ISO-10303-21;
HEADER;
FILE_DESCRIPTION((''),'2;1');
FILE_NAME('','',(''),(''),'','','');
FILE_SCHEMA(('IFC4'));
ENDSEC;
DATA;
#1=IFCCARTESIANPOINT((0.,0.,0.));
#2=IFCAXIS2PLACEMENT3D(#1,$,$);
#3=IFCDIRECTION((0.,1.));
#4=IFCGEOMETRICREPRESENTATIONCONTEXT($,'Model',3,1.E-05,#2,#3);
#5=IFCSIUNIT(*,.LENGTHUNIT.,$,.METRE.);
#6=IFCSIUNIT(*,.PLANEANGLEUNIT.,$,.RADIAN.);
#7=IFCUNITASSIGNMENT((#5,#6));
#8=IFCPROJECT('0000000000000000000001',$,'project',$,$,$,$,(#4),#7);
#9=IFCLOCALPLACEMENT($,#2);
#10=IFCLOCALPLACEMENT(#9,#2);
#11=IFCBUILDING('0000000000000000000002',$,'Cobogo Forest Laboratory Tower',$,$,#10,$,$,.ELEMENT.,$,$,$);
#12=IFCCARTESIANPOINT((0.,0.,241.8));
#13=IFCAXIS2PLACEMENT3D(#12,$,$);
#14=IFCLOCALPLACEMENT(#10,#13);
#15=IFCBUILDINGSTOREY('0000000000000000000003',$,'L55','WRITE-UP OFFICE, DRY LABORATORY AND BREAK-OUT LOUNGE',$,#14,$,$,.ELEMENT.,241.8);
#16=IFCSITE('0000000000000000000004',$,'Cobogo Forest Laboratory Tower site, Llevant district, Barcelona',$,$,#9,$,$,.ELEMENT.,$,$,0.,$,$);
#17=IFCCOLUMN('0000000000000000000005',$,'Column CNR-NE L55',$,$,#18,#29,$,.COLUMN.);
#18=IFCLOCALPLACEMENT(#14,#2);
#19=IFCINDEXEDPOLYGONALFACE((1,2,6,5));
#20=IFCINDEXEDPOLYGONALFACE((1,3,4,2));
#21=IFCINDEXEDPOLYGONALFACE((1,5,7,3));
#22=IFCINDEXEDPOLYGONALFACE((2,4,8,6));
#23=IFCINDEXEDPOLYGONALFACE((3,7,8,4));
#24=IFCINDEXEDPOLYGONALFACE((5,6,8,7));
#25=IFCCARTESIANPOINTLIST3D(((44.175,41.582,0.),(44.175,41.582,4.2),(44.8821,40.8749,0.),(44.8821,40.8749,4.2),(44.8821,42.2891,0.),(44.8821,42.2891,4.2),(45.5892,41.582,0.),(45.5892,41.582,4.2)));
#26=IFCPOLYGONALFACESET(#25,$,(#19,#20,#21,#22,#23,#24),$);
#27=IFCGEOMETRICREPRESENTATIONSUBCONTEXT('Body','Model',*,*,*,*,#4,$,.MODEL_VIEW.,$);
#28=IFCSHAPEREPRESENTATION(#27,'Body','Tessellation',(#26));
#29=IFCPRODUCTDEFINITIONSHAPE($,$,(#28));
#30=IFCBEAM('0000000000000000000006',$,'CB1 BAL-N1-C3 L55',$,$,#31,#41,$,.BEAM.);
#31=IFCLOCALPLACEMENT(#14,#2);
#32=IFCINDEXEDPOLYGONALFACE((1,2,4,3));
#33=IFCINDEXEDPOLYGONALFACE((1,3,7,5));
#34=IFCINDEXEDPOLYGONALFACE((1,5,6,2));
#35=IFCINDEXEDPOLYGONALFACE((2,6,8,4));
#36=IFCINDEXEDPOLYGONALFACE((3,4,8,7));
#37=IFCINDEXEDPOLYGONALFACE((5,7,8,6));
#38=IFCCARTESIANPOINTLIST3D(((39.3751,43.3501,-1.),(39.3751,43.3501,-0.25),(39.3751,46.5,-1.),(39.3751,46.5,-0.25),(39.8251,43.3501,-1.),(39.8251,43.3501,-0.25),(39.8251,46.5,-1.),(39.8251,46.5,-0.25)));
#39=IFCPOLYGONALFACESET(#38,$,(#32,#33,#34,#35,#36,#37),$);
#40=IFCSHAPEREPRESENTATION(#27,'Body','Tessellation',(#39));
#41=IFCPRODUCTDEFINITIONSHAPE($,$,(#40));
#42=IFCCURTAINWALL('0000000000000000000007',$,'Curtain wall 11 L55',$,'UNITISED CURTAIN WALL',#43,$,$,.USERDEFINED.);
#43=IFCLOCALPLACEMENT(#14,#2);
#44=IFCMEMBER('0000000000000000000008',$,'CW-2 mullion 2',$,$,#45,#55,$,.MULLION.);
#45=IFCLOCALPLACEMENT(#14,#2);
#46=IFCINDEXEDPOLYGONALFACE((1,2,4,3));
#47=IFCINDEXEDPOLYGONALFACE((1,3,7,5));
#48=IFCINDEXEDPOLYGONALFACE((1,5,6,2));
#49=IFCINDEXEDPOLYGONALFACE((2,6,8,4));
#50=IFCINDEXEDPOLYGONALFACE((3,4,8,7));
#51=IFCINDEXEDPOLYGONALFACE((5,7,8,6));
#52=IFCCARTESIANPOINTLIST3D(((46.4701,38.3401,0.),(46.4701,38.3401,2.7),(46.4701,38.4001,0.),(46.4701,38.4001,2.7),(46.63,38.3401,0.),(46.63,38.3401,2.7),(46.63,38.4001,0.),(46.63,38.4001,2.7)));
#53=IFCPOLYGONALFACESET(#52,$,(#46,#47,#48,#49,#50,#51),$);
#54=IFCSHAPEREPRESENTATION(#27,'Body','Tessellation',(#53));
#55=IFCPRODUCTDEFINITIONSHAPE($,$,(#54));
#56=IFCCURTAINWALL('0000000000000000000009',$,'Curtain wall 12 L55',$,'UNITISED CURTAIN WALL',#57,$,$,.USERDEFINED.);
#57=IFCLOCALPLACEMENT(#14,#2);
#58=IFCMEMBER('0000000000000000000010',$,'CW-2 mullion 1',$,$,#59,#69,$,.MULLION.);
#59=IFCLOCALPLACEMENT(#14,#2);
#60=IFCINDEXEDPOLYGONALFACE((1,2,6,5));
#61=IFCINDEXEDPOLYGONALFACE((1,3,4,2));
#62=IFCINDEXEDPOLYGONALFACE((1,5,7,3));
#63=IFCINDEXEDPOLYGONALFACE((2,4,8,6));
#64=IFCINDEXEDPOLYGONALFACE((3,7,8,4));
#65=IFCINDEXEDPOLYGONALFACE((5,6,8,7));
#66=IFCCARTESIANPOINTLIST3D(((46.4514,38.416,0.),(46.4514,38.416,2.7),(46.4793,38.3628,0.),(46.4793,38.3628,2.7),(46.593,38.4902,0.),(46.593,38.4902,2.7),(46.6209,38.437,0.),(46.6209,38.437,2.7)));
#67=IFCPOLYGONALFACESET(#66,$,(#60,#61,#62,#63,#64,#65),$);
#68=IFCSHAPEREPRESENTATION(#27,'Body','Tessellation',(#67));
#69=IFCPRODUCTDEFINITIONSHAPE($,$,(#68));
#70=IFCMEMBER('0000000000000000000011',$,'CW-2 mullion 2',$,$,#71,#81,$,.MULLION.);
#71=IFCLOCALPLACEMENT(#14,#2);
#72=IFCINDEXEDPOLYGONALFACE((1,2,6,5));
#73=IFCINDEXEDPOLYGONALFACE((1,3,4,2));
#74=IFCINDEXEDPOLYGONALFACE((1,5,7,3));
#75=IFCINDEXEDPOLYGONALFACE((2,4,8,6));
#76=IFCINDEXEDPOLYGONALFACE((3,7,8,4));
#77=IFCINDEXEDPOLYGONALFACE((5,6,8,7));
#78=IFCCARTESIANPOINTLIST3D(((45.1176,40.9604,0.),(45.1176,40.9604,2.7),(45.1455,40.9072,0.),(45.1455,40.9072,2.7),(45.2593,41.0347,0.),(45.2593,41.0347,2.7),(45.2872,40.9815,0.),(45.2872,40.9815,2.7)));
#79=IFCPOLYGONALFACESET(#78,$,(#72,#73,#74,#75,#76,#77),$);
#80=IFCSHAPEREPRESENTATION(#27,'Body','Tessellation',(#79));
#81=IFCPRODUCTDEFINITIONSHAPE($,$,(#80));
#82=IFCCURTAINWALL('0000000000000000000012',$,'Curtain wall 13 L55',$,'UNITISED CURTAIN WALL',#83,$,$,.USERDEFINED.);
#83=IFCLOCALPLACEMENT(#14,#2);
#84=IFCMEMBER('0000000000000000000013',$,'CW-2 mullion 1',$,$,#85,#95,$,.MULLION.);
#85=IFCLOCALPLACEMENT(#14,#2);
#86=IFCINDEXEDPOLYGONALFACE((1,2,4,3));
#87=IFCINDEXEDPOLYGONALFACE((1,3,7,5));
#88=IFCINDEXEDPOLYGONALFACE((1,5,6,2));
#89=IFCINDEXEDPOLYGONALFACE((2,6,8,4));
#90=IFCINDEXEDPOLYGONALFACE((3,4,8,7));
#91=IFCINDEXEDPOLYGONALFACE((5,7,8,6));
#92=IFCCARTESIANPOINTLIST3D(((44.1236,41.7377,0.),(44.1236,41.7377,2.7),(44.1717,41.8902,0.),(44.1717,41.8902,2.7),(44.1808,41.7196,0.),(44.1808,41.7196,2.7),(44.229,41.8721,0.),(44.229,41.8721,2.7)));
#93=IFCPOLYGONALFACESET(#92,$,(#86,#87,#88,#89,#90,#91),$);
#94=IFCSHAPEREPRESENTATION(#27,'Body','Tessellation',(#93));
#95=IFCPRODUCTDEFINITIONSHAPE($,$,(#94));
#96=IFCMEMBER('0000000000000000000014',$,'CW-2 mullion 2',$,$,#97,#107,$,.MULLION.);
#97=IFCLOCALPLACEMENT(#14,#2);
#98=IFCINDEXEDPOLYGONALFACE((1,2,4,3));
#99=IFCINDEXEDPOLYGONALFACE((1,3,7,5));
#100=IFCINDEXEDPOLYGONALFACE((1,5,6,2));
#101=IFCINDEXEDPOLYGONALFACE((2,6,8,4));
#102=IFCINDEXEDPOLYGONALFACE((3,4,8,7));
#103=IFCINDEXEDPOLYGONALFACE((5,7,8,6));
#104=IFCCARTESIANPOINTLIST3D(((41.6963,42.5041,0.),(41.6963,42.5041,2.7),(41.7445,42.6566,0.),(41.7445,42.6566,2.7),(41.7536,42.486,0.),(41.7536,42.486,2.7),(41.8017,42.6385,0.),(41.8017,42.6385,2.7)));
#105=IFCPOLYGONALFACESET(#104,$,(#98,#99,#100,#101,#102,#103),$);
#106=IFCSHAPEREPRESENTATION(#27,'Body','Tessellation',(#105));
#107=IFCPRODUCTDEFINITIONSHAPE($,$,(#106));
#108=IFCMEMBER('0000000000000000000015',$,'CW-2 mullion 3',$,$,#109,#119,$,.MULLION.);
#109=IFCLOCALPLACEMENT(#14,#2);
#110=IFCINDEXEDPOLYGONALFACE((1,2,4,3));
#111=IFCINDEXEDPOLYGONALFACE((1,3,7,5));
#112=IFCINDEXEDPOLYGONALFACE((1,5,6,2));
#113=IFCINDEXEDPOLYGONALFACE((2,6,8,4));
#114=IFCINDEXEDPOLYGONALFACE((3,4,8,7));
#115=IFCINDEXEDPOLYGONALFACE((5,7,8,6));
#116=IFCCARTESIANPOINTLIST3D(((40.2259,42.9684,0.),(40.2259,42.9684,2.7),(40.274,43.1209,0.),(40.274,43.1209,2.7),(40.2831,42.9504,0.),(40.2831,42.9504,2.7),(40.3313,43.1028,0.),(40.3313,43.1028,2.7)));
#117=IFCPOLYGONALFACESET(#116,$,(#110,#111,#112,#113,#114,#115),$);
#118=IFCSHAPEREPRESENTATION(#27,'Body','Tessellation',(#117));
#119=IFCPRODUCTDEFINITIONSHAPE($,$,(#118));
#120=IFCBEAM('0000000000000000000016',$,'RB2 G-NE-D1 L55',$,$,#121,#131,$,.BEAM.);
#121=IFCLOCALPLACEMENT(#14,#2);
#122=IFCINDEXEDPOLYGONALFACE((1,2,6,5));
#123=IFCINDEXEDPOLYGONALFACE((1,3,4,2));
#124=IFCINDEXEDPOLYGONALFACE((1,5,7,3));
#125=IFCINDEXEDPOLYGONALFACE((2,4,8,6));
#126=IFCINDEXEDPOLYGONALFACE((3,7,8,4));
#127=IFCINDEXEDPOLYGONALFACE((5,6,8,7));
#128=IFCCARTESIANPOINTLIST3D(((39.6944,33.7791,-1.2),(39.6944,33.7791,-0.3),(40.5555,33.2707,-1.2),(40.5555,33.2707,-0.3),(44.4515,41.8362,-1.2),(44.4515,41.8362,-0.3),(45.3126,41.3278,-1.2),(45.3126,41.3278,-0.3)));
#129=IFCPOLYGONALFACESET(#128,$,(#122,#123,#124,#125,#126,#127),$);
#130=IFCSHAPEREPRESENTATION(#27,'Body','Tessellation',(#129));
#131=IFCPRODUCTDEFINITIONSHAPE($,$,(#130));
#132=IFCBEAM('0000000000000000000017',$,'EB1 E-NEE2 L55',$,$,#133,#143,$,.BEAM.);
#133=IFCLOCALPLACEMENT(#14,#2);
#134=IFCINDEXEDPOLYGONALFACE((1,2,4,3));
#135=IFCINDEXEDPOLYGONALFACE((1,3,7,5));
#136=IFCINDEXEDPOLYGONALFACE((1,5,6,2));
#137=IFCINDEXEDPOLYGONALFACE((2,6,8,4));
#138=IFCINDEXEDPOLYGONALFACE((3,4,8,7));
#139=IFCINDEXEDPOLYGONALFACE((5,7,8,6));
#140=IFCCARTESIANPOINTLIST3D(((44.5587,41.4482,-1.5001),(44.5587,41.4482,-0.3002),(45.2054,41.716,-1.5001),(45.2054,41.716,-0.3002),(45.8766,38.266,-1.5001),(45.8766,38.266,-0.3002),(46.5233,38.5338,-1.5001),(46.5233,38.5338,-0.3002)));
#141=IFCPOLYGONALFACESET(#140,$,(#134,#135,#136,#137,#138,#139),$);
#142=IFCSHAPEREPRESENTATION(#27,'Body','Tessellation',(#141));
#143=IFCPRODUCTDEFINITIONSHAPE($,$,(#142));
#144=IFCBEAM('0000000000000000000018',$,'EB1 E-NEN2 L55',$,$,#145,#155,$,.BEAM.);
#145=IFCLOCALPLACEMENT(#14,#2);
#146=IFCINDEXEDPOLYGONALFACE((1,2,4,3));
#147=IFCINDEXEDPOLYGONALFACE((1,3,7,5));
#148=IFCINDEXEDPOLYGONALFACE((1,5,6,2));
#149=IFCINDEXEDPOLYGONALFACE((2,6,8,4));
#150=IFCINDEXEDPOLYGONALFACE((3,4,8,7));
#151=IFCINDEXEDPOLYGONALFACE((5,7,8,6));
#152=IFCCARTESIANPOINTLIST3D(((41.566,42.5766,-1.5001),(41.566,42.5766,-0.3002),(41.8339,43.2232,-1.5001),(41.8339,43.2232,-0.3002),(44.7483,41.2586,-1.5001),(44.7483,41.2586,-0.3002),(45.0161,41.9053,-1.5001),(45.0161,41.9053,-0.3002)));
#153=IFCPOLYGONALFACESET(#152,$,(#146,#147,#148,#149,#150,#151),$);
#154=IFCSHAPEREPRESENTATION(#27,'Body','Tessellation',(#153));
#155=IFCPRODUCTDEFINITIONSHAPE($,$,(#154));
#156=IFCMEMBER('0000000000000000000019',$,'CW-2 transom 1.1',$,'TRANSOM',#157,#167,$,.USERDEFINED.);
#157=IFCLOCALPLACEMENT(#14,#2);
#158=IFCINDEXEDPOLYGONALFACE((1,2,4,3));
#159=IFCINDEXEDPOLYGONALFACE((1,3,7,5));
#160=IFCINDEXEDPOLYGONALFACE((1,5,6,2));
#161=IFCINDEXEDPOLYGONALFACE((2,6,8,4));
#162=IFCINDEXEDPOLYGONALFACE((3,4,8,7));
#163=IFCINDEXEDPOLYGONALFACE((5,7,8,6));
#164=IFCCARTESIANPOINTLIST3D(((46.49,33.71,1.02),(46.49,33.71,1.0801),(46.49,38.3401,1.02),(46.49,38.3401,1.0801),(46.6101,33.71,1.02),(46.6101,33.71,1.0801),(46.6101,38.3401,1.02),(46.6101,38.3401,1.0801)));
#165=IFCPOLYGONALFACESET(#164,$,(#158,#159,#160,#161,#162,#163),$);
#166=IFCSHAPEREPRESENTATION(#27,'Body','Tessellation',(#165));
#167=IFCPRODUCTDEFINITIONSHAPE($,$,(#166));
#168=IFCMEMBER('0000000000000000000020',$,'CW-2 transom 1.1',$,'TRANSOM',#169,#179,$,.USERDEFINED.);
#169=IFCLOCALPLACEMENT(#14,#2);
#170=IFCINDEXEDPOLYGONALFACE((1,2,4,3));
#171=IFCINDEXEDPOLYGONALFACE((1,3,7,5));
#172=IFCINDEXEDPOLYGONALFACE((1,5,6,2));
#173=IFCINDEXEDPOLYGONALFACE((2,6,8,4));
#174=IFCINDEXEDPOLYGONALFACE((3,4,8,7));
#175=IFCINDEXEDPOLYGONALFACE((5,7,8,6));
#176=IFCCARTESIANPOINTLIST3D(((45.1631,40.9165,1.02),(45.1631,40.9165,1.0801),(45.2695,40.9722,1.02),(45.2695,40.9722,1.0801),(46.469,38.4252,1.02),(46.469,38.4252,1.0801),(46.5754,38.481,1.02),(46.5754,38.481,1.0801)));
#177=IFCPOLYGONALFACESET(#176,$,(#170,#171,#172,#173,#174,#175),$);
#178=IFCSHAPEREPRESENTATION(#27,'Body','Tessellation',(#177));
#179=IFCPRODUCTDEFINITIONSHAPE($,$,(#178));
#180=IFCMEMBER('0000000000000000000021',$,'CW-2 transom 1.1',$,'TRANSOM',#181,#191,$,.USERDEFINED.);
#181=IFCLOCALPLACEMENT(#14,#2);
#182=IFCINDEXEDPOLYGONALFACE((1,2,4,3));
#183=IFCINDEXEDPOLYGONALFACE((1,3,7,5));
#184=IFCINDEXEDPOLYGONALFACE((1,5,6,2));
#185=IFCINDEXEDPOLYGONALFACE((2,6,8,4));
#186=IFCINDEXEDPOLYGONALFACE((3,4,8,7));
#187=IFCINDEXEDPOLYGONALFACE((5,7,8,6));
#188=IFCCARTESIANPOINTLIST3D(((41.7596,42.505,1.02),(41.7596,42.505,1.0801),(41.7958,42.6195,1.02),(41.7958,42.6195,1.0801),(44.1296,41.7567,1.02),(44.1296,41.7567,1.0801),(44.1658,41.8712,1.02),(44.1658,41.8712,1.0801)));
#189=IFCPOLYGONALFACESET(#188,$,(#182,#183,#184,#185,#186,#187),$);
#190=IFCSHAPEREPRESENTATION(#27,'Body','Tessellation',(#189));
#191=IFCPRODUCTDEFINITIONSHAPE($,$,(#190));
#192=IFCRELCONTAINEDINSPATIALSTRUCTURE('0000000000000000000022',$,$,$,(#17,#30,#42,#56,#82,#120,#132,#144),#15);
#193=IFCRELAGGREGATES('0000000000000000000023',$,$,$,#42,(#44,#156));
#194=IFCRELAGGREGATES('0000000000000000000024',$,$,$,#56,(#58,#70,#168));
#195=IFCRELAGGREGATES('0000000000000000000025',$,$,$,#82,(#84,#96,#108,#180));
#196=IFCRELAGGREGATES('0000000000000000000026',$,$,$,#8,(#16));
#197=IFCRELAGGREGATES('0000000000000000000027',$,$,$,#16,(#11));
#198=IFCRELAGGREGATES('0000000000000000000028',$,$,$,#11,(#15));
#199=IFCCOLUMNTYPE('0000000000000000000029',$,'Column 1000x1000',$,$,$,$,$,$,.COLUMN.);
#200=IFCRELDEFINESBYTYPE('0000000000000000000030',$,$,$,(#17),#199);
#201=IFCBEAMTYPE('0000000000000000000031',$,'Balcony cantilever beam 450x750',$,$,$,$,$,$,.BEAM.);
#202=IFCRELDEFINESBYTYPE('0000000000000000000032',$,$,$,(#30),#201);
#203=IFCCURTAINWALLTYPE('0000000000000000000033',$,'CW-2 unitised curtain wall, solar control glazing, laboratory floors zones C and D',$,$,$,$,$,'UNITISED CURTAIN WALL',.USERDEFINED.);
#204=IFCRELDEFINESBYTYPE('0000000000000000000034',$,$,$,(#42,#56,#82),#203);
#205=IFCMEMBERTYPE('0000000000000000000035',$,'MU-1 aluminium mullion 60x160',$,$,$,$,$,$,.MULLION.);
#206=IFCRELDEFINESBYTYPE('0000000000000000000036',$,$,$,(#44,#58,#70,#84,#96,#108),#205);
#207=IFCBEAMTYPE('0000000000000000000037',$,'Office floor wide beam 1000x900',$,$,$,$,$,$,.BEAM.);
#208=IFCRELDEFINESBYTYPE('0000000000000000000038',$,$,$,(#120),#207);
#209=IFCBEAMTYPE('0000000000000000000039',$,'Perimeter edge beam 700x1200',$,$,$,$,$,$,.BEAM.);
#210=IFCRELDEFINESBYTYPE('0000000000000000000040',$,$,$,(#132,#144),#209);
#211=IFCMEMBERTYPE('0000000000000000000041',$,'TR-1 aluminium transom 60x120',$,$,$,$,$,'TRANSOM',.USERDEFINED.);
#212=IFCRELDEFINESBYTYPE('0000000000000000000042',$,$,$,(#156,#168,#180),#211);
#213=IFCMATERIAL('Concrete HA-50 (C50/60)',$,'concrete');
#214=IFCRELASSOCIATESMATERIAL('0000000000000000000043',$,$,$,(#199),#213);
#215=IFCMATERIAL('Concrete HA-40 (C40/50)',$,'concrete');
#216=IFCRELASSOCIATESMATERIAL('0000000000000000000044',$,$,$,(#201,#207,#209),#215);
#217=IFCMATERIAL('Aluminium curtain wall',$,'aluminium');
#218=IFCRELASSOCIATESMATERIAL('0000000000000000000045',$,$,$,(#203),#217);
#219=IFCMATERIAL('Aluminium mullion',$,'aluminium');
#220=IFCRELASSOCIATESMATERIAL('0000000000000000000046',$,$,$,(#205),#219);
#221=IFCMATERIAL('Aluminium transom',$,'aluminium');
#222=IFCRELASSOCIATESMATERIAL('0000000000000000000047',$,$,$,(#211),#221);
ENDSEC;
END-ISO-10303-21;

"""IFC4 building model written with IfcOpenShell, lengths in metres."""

from ifc_helpers import new_model, si_unit, direction, frame, origin, origin_2d, place, context, subcontext, project, spatial, rectangle, extrude, material, material_profile, profile_set, type_object, element, aggregate, save


model = new_model("IFC4")

# Units and contexts
model_context = context("Model", 3, precision=1e-05, world=origin(), true_north=direction((0.0, 1.0)))
body_context = subcontext(model_context, "Body", "Model", "MODEL_VIEW")
ifc_project = project(units=[si_unit("LENGTHUNIT", "METRE"), si_unit("PLANEANGLEUNIT", "RADIAN")], contexts=[model_context])

# Site, building, storey
site_placement = place(None, origin())
site = spatial("IfcSite", under=ifc_project, at=site_placement, Name="Cobogo Forest Laboratory Tower site, Llevant district, Barcelona", CompositionType="ELEMENT", RefElevation=0.0)
building_placement = place(site_placement, origin())
building = spatial("IfcBuilding", under=site, at=building_placement, Name="Cobogo Forest Laboratory Tower", CompositionType="ELEMENT")
storey_placement = place(building_placement, frame((0.0, 0.0, 241.8)))
storey = spatial("IfcBuildingStorey", under=building, at=storey_placement, Name="L55", Description="WRITE-UP OFFICE, DRY LABORATORY AND BREAK-OUT LOUNGE", CompositionType="ELEMENT", Elevation=241.8)

# Column
ifc_material_1 = material(Name="Concrete HA-50 (C50/60)", Category="concrete")
ifc_material_profile_1 = material_profile(ifc_material_1, rectangle(XDim=1.0, YDim=1.0, at=origin_2d()), Name="RC 1000x1000")
ifc_profile_set_1 = profile_set([ifc_material_profile_1], Name="Concrete HA-50 (C50/60)")
column_type = type_object("IfcColumnType", Name="Column 1000x1000", PredefinedType="COLUMN", material=ifc_profile_set_1)
column_placement = place(storey_placement, frame((44.8821, 41.582, 0.0), z_axis=(0.0, 0.0, 1.0), x_axis=(0.707107, 0.707107, 0.0)))
element("IfcColumn", 1, at=column_placement, inside=storey, type_object=column_type, Name="Column CNR-NE L55", PredefinedType="COLUMN", context=body_context, shape_type="SweptSolid", body=[
    extrude(rectangle(XDim=1.0, YDim=1.0, at=origin_2d()), origin(), (0.0, 0.0, 1.0), 4.2),
])

# Beam
ifc_material_2 = material(Name="Concrete HA-40 (C40/50)", Category="concrete")
ifc_material_profile_2 = material_profile(ifc_material_2, rectangle(XDim=0.45, YDim=0.75, at=origin_2d()), Name="RC 450x750")
ifc_profile_set_2 = profile_set([ifc_material_profile_2], Name="Concrete HA-40 (C40/50)")
beam_type_1 = type_object("IfcBeamType", Name="Balcony cantilever beam 450x750", PredefinedType="BEAM", material=ifc_profile_set_2)
beam_1_placement = place(storey_placement, frame((39.6001, 43.3501, -0.625), z_axis=(0.0, 1.0, 0.0), x_axis=(-1.0, 0.0, 0.0)))
element("IfcBeam", 2, at=beam_1_placement, inside=storey, type_object=beam_type_1, Name="CB1 BAL-N1-C3 L55", PredefinedType="BEAM", context=body_context, shape_type="SweptSolid", body=[
    extrude(rectangle(XDim=0.45, YDim=0.75, at=origin_2d()), origin(), (0.0, 0.0, 1.0), 3.1499),
])

# Curtain wall, member
ifc_material_3 = material(Name="Aluminium curtain wall", Category="aluminium")
curtain_wall_type = type_object("IfcCurtainWallType", Name="CW-2 unitised curtain wall, solar control glazing, laboratory floors zones C and D", ElementType="UNITISED CURTAIN WALL", PredefinedType="USERDEFINED", material=ifc_material_3)
curtain_wall_1_placement = place(storey_placement, origin())
curtain_wall_1 = element("IfcCurtainWall", 3, at=curtain_wall_1_placement, inside=storey, type_object=curtain_wall_type, Name="Curtain wall 11 L55", ObjectType="UNITISED CURTAIN WALL", PredefinedType="USERDEFINED")
ifc_material_4 = material(Name="Aluminium mullion", Category="aluminium")
ifc_material_profile_3 = material_profile(ifc_material_4, rectangle(XDim=0.0601, YDim=0.1599, at=origin_2d()), Name="AL 60x160")
ifc_profile_set_3 = profile_set([ifc_material_profile_3], Name="Aluminium mullion")
member_type_1 = type_object("IfcMemberType", Name="MU-1 aluminium mullion 60x160", PredefinedType="MULLION", material=ifc_profile_set_3)
member_1_placement = place(storey_placement, frame((46.55, 38.3701, 0.0), z_axis=(0.0, 0.0, 1.0), x_axis=(0.0, 1.0, 0.0)))
member_1 = element("IfcMember", 4, at=member_1_placement, type_object=member_type_1, Name="CW-2 mullion 2", PredefinedType="MULLION", context=body_context, shape_type="SweptSolid", body=[
    extrude(rectangle(XDim=0.0601, YDim=0.1599, at=origin_2d()), origin(), (0.0, 0.0, 1.0), 2.7),
])

# Curtain walls, members
curtain_wall_2_placement = place(storey_placement, origin())
curtain_wall_2 = element("IfcCurtainWall", 5, at=curtain_wall_2_placement, inside=storey, type_object=curtain_wall_type, Name="Curtain wall 12 L55", ObjectType="UNITISED CURTAIN WALL", PredefinedType="USERDEFINED")
member_2_placement = place(storey_placement, frame((46.5361, 38.4265, 0.0), z_axis=(0.0, 0.0, 1.0), x_axis=(-0.464284, 0.885686, 0.0)))
member_2 = element("IfcMember", 6, at=member_2_placement, type_object=member_type_1, Name="CW-2 mullion 1", PredefinedType="MULLION", context=body_context, shape_type="SweptSolid", body=[
    extrude(rectangle(XDim=0.0601, YDim=0.1599, at=origin_2d()), origin(), (0.0, 0.0, 1.0), 2.7),
])
member_3_placement = place(storey_placement, frame((45.2024, 40.9709, 0.0), z_axis=(0.0, 0.0, 1.0), x_axis=(-0.464284, 0.885686, 0.0)))
member_3 = element("IfcMember", 7, at=member_3_placement, type_object=member_type_1, Name="CW-2 mullion 2", PredefinedType="MULLION", context=body_context, shape_type="SweptSolid", body=[
    extrude(rectangle(XDim=0.0601, YDim=0.1599, at=origin_2d()), origin(), (0.0, 0.0, 1.0), 2.7),
])
curtain_wall_3_placement = place(storey_placement, origin())
curtain_wall_3 = element("IfcCurtainWall", 8, at=curtain_wall_3_placement, inside=storey, type_object=curtain_wall_type, Name="Curtain wall 13 L55", ObjectType="UNITISED CURTAIN WALL", PredefinedType="USERDEFINED")
member_4_placement = place(storey_placement, frame((44.1763, 41.8049, 0.0), z_axis=(0.0, 0.0, 1.0), x_axis=(-0.953581, 0.301135, 0.0)))
member_4 = element("IfcMember", 9, at=member_4_placement, type_object=member_type_1, Name="CW-2 mullion 1", PredefinedType="MULLION", context=body_context, shape_type="SweptSolid", body=[
    extrude(rectangle(XDim=0.0601, YDim=0.1599, at=origin_2d()), origin(), (0.0, 0.0, 1.0), 2.7),
])
member_5_placement = place(storey_placement, frame((41.749, 42.5713, 0.0), z_axis=(0.0, 0.0, 1.0), x_axis=(-0.953581, 0.301135, 0.0)))
member_5 = element("IfcMember", 10, at=member_5_placement, type_object=member_type_1, Name="CW-2 mullion 2", PredefinedType="MULLION", context=body_context, shape_type="SweptSolid", body=[
    extrude(rectangle(XDim=0.0601, YDim=0.1599, at=origin_2d()), origin(), (0.0, 0.0, 1.0), 2.7),
])
member_6_placement = place(storey_placement, frame((40.2786, 43.0356, 0.0), z_axis=(0.0, 0.0, 1.0), x_axis=(-0.953581, 0.301135, 0.0)))
member_6 = element("IfcMember", 11, at=member_6_placement, type_object=member_type_1, Name="CW-2 mullion 3", PredefinedType="MULLION", context=body_context, shape_type="SweptSolid", body=[
    extrude(rectangle(XDim=0.0601, YDim=0.1599, at=origin_2d()), origin(), (0.0, 0.0, 1.0), 2.7),
])

# Beams
ifc_material_profile_4 = material_profile(ifc_material_2, rectangle(XDim=1.0, YDim=0.8999, at=origin_2d()), Name="RC 1000x900")
ifc_profile_set_4 = profile_set([ifc_material_profile_4], Name="Concrete HA-40 (C40/50)")
beam_type_2 = type_object("IfcBeamType", Name="Office floor wide beam 1000x900", PredefinedType="BEAM", material=ifc_profile_set_4)
beam_2_placement = place(storey_placement, frame((44.8821, 41.582, -0.75), z_axis=(-0.508416, -0.861111, 0.0), x_axis=(0.861111, -0.508416, 0.0)))
element("IfcBeam", 12, at=beam_2_placement, inside=storey, type_object=beam_type_2, Name="RB2 G-NE-D1 L55", PredefinedType="BEAM", context=body_context, shape_type="SweptSolid", body=[
    extrude(rectangle(XDim=1.0, YDim=0.8999, at=origin_2d()), origin(), (0.0, 0.0, 1.0), 9.3567),
])
ifc_material_profile_5 = material_profile(ifc_material_2, rectangle(XDim=0.7, YDim=1.2, at=origin_2d()), Name="RC 700x1200")
ifc_profile_set_5 = profile_set([ifc_material_profile_5], Name="Concrete HA-40 (C40/50)")
beam_type_3 = type_object("IfcBeamType", Name="Perimeter edge beam 700x1200", PredefinedType="BEAM", material=ifc_profile_set_5)
for number, where, z_axis, x_axis, name in (
    (13, (46.2, 38.3999, -0.9001), (-0.382631, 0.923901, 0.0), (-0.923901, -0.382631, 0.0), "EB1 E-NEE2 L55"),
    (14, (41.7, 42.8999, -0.9001), (0.923901, -0.382631, 0.0), (0.382631, 0.923901, 0.0), "EB1 E-NEN2 L55"),
):
    element("IfcBeam", number, at=place(storey_placement, frame(where, z_axis=z_axis, x_axis=x_axis)), inside=storey, type_object=beam_type_3, Name=name, PredefinedType="BEAM", context=body_context, shape_type="SweptSolid", body=[
        extrude(rectangle(XDim=0.7, YDim=1.2, at=origin_2d()), origin(), (0.0, 0.0, 1.0), 3.4443),
    ])

# Members
ifc_material_5 = material(Name="Aluminium transom", Category="aluminium")
ifc_material_profile_6 = material_profile(ifc_material_5, rectangle(XDim=0.1201, YDim=0.0601, at=origin_2d()), Name="AL 60x120")
ifc_profile_set_6 = profile_set([ifc_material_profile_6], Name="Aluminium transom")
member_type_2 = type_object("IfcMemberType", Name="TR-1 aluminium transom 60x120", ElementType="TRANSOM", PredefinedType="USERDEFINED", material=ifc_profile_set_6)
member_7_placement = place(storey_placement, frame((46.55, 33.71, 1.05), z_axis=(0.0, 1.0, 0.0), x_axis=(-1.0, 0.0, 0.0)))
member_7 = element("IfcMember", 15, at=member_7_placement, type_object=member_type_2, Name="CW-2 transom 1.1", ObjectType="TRANSOM", PredefinedType="USERDEFINED", context=body_context, shape_type="SweptSolid", body=[
    extrude(rectangle(XDim=0.1201, YDim=0.0601, at=origin_2d()), origin(), (0.0, 0.0, 1.0), 4.6301),
])
member_8_placement = place(storey_placement, frame((46.5222, 38.4531, 1.05), z_axis=(-0.464283, 0.885687, 0.0), x_axis=(-0.885687, -0.464283, 0.0)))
member_8 = element("IfcMember", 16, at=member_8_placement, type_object=member_type_2, Name="CW-2 transom 1.1", ObjectType="TRANSOM", PredefinedType="USERDEFINED", context=body_context, shape_type="SweptSolid", body=[
    extrude(rectangle(XDim=0.1201, YDim=0.0601, at=origin_2d()), origin(), (0.0, 0.0, 1.0), 2.8127),
])
member_9_placement = place(storey_placement, frame((44.1477, 41.814, 1.05), z_axis=(-0.953602, 0.30107, 0.0), x_axis=(-0.30107, -0.953602, 0.0)))
member_9 = element("IfcMember", 17, at=member_9_placement, type_object=member_type_2, Name="CW-2 transom 1.1", ObjectType="TRANSOM", PredefinedType="USERDEFINED", context=body_context, shape_type="SweptSolid", body=[
    extrude(rectangle(XDim=0.1201, YDim=0.0601, at=origin_2d()), origin(), (0.0, 0.0, 1.0), 2.4854),
])

aggregate(curtain_wall_1, [member_1, member_7])
aggregate(curtain_wall_2, [member_2, member_3, member_8])
aggregate(curtain_wall_3, [member_4, member_5, member_6, member_9])

save(model, "model.ifc")
